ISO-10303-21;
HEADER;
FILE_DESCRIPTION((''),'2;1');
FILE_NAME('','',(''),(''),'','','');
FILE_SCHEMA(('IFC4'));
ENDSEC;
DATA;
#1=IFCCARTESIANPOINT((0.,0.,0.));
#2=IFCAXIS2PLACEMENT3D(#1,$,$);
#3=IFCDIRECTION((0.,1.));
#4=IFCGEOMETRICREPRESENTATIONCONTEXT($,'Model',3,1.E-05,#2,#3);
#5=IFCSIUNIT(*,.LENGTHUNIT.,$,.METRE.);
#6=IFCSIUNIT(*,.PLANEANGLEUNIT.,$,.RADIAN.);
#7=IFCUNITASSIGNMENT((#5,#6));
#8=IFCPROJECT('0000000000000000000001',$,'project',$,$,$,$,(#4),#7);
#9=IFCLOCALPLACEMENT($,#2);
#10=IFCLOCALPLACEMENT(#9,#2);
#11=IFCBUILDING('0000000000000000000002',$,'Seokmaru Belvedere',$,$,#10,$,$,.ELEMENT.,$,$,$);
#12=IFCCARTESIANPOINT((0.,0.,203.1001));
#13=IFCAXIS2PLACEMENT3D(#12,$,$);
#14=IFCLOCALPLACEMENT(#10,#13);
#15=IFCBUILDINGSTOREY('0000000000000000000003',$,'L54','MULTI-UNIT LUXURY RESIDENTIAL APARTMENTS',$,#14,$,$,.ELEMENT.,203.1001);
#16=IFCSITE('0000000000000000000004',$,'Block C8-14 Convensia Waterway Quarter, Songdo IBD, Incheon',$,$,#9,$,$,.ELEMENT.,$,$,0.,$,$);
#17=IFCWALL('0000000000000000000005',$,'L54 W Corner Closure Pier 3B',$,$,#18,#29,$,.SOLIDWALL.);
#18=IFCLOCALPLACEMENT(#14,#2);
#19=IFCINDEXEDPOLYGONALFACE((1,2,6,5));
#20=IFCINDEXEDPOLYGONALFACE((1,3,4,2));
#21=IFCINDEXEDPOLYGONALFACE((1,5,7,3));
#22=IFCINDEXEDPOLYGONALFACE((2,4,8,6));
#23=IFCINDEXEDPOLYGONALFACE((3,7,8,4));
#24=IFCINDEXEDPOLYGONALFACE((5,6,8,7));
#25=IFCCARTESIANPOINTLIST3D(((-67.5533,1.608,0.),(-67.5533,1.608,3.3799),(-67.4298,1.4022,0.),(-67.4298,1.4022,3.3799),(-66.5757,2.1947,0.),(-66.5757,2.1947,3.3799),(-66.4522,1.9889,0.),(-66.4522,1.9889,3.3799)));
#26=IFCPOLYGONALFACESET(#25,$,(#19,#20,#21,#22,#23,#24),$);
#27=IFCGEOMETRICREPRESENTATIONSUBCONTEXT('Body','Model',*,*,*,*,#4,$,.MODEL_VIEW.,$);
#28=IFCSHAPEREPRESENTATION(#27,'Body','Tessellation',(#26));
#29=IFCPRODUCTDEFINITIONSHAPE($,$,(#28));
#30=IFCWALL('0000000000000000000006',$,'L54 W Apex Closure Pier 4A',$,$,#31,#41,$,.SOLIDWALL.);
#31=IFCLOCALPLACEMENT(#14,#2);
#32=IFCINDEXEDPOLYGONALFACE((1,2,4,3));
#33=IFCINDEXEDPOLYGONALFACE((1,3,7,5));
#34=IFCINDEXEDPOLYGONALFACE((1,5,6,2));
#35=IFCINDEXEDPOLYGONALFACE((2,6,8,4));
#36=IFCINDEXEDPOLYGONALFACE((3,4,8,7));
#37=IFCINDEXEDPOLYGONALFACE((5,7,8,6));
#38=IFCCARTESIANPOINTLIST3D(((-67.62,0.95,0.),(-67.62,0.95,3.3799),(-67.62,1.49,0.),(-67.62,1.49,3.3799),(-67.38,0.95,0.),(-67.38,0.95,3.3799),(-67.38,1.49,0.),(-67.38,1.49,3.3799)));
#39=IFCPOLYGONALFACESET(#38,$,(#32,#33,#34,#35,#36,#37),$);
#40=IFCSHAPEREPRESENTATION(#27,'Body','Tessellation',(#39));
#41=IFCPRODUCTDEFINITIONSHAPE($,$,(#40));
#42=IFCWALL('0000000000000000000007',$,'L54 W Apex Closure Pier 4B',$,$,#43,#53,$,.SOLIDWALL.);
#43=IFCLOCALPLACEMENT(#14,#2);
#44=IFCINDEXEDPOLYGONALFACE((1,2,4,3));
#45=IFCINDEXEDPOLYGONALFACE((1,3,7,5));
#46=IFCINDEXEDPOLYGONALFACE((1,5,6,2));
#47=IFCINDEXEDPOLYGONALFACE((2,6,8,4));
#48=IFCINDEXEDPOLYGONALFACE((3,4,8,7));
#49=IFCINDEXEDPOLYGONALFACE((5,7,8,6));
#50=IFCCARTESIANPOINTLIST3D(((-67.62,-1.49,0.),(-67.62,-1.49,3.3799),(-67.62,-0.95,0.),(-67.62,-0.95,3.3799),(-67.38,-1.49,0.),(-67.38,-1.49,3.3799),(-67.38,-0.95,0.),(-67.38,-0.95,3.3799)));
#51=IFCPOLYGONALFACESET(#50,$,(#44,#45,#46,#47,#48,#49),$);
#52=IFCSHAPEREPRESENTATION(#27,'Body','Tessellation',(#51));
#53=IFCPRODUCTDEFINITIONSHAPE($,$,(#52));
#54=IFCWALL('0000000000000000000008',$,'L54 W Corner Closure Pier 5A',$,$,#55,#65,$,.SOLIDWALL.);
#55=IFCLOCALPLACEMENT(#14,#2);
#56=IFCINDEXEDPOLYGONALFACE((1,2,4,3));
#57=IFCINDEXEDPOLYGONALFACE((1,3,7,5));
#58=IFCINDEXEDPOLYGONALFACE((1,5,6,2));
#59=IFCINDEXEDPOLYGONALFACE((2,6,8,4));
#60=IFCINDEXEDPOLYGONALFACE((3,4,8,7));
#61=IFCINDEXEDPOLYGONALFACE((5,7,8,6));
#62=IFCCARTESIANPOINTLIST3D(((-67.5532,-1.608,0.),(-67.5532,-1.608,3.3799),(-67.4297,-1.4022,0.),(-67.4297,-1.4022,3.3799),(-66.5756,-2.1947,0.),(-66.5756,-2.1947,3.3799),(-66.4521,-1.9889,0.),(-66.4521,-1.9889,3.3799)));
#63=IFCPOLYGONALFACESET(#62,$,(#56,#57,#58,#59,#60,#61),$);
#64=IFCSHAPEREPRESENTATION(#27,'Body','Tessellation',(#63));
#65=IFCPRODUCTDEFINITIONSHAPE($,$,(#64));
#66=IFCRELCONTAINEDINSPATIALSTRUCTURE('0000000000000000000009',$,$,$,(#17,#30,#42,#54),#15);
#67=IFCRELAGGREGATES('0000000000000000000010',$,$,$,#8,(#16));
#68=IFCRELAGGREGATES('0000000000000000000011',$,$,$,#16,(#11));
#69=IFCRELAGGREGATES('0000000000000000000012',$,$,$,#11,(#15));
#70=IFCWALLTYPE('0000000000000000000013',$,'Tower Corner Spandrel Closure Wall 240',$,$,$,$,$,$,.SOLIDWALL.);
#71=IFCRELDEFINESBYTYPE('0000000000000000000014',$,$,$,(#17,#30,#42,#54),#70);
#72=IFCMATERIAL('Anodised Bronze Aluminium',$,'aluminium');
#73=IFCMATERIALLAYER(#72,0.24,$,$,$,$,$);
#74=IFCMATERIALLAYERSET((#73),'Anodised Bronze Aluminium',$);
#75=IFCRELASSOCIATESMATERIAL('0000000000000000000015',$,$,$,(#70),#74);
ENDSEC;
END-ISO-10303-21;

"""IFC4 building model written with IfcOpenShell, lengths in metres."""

from ifc_helpers import new_model, si_unit, direction, frame, frame_2d, origin, place, context, subcontext, project, spatial, rectangle, extrude, material, layer, layer_set, type_object, element, save


model = new_model("IFC4")

# Units and contexts
model_context = context("Model", 3, precision=1e-05, world=origin(), true_north=direction((0.0, 1.0)))
body_context = subcontext(model_context, "Body", "Model", "MODEL_VIEW")
ifc_project = project(units=[si_unit("LENGTHUNIT", "METRE"), si_unit("PLANEANGLEUNIT", "RADIAN")], contexts=[model_context])

# Site, building, storey
site_placement = place(None, origin())
site = spatial("IfcSite", under=ifc_project, at=site_placement, Name="Block C8-14 Convensia Waterway Quarter, Songdo IBD, Incheon", CompositionType="ELEMENT", RefElevation=0.0)
building_placement = place(site_placement, origin())
building = spatial("IfcBuilding", under=site, at=building_placement, Name="Seokmaru Belvedere", CompositionType="ELEMENT")
storey_placement = place(building_placement, frame((0.0, 0.0, 203.1001)))
storey = spatial("IfcBuildingStorey", under=building, at=storey_placement, Name="L54", Description="MULTI-UNIT LUXURY RESIDENTIAL APARTMENTS", CompositionType="ELEMENT", Elevation=203.1001)

# Shared definitions
ifc_material_1 = material(Name="Anodised Bronze Aluminium", Category="aluminium")

# Walls
ifc_layer_1 = layer(ifc_material_1, 0.24)
ifc_layer_set_1 = layer_set([ifc_layer_1], Name="Anodised Bronze Aluminium")
wall_type_1 = type_object("IfcWallType", Name="Tower Corner Spandrel Closure Wall 240", PredefinedType="SOLIDWALL", material=ifc_layer_set_1)
wall_1_placement = place(storey_placement, frame((-66.5139, 2.0918, 0.0), z_axis=(0.0, 0.0, 1.0), x_axis=(-0.857436, -0.51459, 0.0)))
element("IfcWall", 1, at=wall_1_placement, inside=storey, type_object=wall_type_1, Name="L54 W Corner Closure Pier 3B", PredefinedType="SOLIDWALL", context=body_context, shape_type="SweptSolid", body=[
    extrude(rectangle(XDim=1.1401, YDim=0.24, at=frame_2d((0.5701, 0.0))), origin(), (0.0, 0.0, 1.0), 3.3799),
])
for number, where, z_axis, x_axis, name in (
    (2, (-67.5, 1.49, 0.0), (0.0, 0.0, 1.0), (0.0, -1.0, 0.0), "L54 W Apex Closure Pier 4A"),
    (3, (-67.5, -0.95, 0.0), (0.0, 0.0, 1.0), (0.0, -1.0, 0.0), "L54 W Apex Closure Pier 4B"),
):
    element("IfcWall", number, at=place(storey_placement, frame(where, z_axis=z_axis, x_axis=x_axis)), inside=storey, type_object=wall_type_1, Name=name, PredefinedType="SOLIDWALL", context=body_context, shape_type="SweptSolid", body=[
        extrude(rectangle(XDim=0.54, YDim=0.24, at=frame_2d((0.27, 0.0))), origin(), (0.0, 0.0, 1.0), 3.3799),
    ])
wall_2_placement = place(storey_placement, frame((-67.4915, -1.5051, 0.0), z_axis=(0.0, 0.0, 1.0), x_axis=(0.857436, -0.51459, 0.0)))
element("IfcWall", 4, at=wall_2_placement, inside=storey, type_object=wall_type_1, Name="L54 W Corner Closure Pier 5A", PredefinedType="SOLIDWALL", context=body_context, shape_type="SweptSolid", body=[
    extrude(rectangle(XDim=1.1401, YDim=0.24, at=frame_2d((0.5701, 0.0))), origin(), (0.0, 0.0, 1.0), 3.3799),
])

save(model, "model.ifc")
